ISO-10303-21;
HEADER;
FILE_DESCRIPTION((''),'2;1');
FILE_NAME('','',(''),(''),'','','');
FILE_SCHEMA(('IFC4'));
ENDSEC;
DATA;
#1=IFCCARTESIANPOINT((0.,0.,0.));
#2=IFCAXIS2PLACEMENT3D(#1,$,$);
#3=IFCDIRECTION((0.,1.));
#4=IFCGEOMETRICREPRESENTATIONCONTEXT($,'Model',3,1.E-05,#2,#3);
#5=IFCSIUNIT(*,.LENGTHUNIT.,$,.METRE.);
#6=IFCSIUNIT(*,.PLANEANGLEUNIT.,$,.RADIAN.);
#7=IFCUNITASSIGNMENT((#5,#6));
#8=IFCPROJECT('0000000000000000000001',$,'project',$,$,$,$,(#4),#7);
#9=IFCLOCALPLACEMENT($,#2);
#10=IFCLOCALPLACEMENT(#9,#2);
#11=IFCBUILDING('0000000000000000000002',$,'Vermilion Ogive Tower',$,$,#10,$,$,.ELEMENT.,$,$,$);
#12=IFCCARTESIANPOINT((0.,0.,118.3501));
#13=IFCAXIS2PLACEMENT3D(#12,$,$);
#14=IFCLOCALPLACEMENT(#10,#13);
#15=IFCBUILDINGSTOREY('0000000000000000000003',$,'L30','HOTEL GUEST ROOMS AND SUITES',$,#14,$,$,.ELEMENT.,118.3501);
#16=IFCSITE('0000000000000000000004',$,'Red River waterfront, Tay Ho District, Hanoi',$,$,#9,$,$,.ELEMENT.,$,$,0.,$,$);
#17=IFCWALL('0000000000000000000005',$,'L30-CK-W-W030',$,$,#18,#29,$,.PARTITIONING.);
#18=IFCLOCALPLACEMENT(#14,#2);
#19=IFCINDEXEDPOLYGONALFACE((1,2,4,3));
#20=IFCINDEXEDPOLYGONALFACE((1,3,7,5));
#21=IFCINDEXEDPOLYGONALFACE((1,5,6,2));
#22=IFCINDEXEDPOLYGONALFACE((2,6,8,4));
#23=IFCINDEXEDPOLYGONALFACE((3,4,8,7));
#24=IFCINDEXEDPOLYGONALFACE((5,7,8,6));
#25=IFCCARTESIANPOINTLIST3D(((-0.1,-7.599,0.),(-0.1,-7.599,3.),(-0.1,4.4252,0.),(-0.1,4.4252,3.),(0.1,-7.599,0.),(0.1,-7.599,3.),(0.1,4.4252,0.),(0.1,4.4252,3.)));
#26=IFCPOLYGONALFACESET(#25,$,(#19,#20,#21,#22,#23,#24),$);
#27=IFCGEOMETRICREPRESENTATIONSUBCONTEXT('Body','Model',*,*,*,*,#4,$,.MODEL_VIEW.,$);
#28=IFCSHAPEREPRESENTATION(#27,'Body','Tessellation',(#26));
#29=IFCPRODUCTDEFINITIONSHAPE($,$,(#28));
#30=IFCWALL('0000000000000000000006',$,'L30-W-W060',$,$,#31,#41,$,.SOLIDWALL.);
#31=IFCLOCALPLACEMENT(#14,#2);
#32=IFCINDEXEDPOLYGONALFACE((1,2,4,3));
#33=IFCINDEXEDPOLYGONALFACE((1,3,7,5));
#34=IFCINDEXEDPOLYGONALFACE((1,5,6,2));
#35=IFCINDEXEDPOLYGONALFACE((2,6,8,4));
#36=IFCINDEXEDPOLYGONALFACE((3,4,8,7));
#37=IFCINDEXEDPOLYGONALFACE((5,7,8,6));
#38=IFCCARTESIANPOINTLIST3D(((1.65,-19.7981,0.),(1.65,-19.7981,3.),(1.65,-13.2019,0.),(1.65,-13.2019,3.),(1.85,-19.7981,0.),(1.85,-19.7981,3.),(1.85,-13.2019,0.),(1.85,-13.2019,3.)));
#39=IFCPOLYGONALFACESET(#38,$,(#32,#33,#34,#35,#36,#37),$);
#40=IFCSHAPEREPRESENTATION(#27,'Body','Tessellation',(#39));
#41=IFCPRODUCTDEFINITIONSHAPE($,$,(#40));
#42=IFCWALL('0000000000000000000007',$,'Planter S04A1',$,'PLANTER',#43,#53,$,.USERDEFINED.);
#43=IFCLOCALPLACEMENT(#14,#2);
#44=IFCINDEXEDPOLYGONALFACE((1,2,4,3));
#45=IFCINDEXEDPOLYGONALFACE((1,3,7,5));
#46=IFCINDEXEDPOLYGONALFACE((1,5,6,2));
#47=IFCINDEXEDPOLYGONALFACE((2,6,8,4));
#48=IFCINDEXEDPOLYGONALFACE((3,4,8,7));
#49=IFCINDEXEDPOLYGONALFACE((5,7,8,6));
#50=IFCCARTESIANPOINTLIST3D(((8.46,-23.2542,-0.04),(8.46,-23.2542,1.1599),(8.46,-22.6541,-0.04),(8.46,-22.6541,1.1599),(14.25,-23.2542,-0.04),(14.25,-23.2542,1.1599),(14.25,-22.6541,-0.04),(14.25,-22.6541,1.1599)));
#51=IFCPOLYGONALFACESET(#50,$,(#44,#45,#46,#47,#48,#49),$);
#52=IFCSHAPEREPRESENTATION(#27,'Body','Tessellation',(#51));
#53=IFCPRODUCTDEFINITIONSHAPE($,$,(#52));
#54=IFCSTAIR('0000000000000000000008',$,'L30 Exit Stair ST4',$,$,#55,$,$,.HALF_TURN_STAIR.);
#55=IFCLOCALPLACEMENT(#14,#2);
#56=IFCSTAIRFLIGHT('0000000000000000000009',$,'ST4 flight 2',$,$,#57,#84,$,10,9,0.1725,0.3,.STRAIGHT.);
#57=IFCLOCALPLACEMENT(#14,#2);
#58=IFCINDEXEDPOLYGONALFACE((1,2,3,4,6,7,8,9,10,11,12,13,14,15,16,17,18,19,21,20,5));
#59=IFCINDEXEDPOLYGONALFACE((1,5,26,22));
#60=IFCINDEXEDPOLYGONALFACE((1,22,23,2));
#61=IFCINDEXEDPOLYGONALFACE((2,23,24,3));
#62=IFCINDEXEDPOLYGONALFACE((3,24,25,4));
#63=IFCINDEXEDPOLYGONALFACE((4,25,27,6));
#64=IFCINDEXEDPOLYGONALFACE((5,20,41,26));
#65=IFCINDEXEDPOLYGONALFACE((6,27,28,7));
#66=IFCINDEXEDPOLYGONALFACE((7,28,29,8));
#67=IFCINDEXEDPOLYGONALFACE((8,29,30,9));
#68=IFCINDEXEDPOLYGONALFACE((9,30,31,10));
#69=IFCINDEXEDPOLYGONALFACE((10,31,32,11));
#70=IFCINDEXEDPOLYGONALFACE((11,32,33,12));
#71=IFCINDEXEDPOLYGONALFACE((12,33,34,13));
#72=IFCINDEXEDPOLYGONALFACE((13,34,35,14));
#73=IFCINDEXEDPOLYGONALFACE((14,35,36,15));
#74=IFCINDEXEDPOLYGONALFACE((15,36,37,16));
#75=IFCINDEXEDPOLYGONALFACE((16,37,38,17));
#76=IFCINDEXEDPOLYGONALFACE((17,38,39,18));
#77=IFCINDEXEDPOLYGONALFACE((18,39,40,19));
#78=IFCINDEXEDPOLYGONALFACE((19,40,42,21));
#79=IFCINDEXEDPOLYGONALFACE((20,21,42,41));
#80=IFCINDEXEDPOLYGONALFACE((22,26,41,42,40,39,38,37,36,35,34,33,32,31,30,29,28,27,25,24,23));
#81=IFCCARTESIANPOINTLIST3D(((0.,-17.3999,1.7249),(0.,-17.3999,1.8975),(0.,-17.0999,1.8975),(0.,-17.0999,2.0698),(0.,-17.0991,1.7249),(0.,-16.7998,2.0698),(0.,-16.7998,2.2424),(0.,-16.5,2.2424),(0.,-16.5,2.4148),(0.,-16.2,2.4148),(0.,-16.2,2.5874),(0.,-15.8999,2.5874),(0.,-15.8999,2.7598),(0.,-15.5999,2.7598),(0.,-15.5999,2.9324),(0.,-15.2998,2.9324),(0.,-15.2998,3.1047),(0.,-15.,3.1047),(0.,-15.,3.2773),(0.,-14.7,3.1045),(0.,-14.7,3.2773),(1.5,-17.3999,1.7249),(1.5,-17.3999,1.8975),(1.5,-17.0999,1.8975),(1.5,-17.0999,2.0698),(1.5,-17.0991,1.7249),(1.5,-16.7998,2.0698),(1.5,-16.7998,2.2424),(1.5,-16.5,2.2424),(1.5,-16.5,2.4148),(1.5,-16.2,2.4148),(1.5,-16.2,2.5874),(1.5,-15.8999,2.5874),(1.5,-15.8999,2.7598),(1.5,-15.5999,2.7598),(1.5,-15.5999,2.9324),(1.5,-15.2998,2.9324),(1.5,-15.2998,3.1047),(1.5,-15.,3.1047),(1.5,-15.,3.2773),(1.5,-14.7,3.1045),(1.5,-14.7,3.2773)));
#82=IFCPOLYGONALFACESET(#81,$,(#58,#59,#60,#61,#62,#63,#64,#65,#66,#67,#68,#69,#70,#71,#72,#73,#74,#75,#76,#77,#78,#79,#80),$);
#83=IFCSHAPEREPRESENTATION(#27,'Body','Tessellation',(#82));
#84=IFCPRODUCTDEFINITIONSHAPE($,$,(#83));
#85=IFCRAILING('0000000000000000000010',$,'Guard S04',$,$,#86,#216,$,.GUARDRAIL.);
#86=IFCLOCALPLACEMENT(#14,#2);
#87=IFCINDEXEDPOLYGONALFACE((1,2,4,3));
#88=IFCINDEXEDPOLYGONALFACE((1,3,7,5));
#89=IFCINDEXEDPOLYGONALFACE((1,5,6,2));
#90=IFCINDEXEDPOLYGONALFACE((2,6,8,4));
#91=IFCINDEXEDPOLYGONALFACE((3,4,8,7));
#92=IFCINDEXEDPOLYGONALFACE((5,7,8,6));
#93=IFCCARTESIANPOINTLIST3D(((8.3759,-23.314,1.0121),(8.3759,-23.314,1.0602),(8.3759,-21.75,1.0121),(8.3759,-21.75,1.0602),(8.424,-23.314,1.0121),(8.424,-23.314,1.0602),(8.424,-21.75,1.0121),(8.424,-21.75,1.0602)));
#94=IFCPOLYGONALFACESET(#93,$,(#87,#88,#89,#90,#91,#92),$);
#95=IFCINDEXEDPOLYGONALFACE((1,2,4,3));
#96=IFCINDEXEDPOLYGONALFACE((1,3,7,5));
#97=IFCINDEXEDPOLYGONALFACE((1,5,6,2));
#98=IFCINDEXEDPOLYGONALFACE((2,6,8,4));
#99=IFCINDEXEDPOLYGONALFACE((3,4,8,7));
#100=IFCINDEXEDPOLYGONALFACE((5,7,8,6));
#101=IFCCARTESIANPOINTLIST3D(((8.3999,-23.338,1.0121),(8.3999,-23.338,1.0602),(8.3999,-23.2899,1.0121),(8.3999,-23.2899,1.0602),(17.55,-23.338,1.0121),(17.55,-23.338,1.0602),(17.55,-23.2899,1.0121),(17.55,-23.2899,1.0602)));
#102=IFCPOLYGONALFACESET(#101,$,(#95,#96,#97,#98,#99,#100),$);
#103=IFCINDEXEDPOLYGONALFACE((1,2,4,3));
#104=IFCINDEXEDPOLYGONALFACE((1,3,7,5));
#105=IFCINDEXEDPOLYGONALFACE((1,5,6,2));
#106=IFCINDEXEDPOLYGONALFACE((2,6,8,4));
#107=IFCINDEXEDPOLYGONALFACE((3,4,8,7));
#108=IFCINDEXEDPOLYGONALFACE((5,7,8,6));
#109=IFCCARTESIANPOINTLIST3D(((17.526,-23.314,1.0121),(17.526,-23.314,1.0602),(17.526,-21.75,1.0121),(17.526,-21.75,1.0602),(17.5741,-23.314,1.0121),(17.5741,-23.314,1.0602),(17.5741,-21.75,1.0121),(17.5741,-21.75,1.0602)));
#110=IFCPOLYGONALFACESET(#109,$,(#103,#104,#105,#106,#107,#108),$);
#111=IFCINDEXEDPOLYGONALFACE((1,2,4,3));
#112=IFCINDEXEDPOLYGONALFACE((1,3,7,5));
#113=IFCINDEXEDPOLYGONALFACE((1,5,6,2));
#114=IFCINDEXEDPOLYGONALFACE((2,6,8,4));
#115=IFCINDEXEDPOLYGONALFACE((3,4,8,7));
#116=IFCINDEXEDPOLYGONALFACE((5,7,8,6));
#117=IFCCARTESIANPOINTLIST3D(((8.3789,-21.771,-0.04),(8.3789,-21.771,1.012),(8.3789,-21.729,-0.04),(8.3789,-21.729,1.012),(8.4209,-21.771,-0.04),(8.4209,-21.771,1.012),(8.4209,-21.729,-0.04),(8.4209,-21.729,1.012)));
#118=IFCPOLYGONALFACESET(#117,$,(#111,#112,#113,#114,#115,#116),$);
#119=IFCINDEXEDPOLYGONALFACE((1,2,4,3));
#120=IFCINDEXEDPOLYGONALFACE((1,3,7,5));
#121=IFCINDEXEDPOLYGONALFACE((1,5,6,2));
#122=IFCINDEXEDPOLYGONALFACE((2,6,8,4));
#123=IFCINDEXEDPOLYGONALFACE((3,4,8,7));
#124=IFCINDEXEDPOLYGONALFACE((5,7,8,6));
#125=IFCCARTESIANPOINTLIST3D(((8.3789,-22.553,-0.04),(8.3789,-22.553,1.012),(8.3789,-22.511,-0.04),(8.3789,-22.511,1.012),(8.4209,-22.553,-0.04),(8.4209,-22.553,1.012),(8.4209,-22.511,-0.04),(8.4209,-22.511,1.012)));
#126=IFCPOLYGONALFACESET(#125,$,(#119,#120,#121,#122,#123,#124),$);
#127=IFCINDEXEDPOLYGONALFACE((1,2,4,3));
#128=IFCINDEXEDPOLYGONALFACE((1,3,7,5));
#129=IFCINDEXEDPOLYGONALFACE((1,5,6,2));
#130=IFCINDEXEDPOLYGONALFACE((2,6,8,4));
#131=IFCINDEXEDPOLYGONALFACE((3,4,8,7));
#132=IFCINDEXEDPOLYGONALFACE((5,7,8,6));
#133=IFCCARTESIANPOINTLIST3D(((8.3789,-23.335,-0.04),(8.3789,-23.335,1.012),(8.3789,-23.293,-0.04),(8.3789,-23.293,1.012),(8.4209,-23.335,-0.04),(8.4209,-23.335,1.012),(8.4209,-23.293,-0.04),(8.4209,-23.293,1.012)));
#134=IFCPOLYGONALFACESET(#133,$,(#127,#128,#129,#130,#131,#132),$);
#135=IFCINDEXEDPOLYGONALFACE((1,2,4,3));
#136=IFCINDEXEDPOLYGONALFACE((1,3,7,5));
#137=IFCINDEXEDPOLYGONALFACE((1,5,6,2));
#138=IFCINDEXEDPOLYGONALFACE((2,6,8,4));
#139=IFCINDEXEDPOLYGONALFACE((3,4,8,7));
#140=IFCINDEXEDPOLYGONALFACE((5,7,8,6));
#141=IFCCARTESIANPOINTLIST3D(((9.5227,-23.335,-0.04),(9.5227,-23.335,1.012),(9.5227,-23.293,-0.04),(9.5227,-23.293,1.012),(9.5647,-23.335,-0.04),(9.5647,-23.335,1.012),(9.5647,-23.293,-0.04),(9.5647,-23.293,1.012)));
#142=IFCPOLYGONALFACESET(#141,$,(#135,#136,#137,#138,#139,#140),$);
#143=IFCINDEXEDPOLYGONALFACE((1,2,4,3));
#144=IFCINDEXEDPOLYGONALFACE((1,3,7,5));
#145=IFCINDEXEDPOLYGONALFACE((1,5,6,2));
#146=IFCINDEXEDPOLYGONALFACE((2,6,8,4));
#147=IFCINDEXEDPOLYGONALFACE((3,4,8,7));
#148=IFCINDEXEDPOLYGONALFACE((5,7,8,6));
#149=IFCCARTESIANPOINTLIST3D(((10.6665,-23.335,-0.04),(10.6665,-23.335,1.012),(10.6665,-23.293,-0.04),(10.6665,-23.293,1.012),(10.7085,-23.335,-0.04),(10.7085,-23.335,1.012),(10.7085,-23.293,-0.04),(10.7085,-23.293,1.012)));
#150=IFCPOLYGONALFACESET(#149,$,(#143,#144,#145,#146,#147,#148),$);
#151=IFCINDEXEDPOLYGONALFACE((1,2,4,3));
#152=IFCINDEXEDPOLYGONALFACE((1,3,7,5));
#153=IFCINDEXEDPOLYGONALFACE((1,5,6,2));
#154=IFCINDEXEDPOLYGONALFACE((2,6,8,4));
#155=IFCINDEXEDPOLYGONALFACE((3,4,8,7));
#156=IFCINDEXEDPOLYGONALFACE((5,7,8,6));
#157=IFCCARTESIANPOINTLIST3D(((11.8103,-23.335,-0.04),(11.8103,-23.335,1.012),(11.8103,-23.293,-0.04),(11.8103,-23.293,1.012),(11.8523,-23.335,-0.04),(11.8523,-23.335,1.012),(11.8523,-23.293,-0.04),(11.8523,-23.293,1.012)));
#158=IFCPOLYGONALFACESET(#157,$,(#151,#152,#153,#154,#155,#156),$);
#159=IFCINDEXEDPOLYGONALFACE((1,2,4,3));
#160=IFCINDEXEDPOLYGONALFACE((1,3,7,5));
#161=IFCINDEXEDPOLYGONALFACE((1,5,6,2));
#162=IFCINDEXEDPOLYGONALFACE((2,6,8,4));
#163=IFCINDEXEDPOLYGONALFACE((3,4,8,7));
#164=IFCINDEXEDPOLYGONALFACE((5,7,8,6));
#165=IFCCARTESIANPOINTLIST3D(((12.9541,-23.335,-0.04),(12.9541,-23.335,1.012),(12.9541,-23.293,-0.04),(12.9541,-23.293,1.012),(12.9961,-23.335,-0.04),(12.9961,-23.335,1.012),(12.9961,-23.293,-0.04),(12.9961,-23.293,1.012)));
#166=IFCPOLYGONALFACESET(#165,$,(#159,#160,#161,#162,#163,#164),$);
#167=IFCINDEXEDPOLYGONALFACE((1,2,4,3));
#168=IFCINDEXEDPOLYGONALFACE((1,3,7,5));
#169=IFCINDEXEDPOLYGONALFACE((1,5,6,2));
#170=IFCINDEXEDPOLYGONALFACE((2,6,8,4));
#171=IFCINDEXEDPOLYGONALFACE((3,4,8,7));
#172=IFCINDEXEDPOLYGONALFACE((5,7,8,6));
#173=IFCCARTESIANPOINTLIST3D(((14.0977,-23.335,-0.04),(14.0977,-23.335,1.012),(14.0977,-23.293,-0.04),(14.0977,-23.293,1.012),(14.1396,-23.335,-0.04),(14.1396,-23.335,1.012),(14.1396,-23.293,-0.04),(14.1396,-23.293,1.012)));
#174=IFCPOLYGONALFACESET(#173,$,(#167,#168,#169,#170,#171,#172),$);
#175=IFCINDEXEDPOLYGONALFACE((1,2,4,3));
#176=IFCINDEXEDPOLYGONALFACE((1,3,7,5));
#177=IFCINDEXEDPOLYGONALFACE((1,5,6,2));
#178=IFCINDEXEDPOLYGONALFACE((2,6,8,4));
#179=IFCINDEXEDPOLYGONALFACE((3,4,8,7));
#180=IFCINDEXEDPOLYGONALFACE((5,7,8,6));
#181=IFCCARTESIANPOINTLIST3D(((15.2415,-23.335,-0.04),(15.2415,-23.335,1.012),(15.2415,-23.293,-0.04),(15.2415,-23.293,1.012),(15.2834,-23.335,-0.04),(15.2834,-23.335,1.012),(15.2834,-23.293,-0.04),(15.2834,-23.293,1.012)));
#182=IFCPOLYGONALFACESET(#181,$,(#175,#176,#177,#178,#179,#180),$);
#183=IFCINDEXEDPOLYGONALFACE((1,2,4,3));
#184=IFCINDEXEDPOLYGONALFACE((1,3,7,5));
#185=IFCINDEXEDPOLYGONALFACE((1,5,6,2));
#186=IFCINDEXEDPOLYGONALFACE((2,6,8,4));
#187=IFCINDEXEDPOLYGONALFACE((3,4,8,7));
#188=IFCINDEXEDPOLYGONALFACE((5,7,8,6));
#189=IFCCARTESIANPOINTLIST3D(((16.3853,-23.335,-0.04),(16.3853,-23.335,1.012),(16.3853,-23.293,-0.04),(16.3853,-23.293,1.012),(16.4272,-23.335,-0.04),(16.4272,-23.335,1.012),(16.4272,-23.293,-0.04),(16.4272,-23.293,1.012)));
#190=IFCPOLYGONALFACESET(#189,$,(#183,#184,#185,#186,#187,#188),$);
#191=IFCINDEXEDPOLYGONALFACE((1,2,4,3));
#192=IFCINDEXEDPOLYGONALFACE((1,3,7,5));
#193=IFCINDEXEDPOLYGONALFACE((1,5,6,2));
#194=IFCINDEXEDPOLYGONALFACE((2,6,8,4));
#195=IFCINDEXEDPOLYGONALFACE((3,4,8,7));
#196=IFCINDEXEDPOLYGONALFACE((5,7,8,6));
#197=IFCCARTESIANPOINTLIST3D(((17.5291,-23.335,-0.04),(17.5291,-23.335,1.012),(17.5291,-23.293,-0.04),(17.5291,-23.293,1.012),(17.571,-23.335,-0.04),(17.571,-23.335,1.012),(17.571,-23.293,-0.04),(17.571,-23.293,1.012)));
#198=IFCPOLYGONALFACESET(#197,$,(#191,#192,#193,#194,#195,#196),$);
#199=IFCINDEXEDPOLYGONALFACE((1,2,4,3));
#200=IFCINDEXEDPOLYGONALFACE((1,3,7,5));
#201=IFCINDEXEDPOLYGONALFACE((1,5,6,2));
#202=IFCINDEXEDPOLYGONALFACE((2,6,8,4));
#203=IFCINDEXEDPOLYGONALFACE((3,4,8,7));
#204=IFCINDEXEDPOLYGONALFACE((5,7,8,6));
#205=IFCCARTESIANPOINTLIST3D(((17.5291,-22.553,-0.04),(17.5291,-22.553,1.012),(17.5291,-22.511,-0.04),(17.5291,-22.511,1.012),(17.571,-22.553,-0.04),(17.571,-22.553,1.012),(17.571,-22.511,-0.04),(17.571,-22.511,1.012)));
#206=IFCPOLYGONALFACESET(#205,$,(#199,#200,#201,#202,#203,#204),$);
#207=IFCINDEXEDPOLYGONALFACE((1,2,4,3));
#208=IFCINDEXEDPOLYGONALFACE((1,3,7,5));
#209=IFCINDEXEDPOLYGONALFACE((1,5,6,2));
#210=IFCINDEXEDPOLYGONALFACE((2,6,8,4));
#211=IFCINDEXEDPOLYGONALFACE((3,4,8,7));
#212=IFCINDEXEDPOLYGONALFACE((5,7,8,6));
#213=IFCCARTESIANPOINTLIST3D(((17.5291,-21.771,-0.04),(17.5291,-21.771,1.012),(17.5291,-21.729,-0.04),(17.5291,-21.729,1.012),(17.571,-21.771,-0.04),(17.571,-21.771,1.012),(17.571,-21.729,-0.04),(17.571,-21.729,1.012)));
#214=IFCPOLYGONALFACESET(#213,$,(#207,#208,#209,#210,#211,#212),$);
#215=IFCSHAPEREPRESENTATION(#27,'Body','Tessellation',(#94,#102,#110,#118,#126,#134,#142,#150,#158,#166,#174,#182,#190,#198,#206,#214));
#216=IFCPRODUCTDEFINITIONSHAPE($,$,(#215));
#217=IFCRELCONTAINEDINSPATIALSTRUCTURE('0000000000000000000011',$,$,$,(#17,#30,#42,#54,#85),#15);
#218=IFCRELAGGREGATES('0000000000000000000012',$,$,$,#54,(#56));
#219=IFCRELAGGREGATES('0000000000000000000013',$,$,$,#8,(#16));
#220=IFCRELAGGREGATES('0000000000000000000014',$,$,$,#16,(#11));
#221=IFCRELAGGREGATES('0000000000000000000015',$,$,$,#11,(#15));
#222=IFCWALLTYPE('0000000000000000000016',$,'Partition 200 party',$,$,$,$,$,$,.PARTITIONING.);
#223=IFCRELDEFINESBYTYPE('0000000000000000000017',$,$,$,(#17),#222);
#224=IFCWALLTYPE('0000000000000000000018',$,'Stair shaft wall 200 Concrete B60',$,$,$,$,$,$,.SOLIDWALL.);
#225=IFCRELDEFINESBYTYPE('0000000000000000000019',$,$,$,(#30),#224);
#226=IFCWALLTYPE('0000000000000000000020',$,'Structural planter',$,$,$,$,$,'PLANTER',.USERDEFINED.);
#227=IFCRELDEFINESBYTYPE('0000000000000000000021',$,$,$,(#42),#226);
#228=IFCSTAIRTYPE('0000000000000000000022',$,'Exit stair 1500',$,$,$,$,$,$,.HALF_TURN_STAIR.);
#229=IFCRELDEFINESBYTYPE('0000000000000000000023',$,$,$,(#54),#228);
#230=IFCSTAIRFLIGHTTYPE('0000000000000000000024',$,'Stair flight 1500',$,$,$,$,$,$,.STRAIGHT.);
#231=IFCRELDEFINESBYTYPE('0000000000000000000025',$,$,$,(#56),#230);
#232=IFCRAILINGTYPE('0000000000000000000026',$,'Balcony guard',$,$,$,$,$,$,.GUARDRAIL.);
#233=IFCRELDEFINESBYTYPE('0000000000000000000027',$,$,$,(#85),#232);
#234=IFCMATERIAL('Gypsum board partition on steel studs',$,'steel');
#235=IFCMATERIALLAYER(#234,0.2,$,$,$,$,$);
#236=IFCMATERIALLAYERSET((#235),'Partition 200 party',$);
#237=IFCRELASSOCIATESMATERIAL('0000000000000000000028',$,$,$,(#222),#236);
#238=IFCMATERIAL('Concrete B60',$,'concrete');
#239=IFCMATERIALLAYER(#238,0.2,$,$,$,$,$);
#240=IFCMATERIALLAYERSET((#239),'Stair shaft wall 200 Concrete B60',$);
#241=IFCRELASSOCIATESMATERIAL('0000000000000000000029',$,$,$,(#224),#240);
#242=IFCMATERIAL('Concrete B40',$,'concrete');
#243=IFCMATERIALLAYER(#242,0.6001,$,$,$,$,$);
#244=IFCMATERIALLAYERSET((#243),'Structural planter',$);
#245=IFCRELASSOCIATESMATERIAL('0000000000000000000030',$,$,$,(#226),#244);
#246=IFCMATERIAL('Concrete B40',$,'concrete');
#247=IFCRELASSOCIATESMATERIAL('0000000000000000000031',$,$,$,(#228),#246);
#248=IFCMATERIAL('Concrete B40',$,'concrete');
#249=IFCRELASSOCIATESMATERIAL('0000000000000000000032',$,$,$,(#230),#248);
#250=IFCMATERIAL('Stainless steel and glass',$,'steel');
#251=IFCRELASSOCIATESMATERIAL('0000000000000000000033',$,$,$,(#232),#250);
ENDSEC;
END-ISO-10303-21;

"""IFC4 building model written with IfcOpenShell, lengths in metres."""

from ifc_helpers import new_model, si_unit, direction, frame, frame_2d, origin, origin_2d, place, context, subcontext, project, spatial, polyline, rectangle, outline, extrude, material, layer, layer_set, type_object, element, aggregate, save


model = new_model("IFC4")

# Units and contexts
model_context = context("Model", 3, precision=1e-05, world=origin(), true_north=direction((0.0, 1.0)))
body_context = subcontext(model_context, "Body", "Model", "MODEL_VIEW")
ifc_project = project(units=[si_unit("LENGTHUNIT", "METRE"), si_unit("PLANEANGLEUNIT", "RADIAN")], contexts=[model_context])

# Site, building, storey
site_placement = place(None, origin())
site = spatial("IfcSite", under=ifc_project, at=site_placement, Name="Red River waterfront, Tay Ho District, Hanoi", CompositionType="ELEMENT", RefElevation=0.0)
building_placement = place(site_placement, origin())
building = spatial("IfcBuilding", under=site, at=building_placement, Name="Vermilion Ogive Tower", CompositionType="ELEMENT")
storey_placement = place(building_placement, frame((0.0, 0.0, 118.3501)))
storey = spatial("IfcBuildingStorey", under=building, at=storey_placement, Name="L30", Description="HOTEL GUEST ROOMS AND SUITES", CompositionType="ELEMENT", Elevation=118.3501)

# Walls
ifc_material_1 = material(Name="Gypsum board partition on steel studs", Category="steel")
ifc_layer_1 = layer(ifc_material_1, 0.2)
ifc_layer_set_1 = layer_set([ifc_layer_1], Name="Partition 200 party")
wall_type_1 = type_object("IfcWallType", Name="Partition 200 party", PredefinedType="PARTITIONING", material=ifc_layer_set_1)
wall_1_placement = place(storey_placement, frame((0.0, -7.5991, 0.0), z_axis=(0.0, 0.0, 1.0), x_axis=(0.0, 1.0, 0.0)))
element("IfcWall", 1, at=wall_1_placement, inside=storey, type_object=wall_type_1, Name="L30-CK-W-W030", PredefinedType="PARTITIONING", context=body_context, shape_type="SweptSolid", body=[
    extrude(rectangle(XDim=12.0242, YDim=0.2, at=frame_2d((6.0122, 0.0))), origin(), (0.0, 0.0, 1.0), 3.0),
])
ifc_material_2 = material(Name="Concrete B60", Category="concrete")
ifc_layer_2 = layer(ifc_material_2, 0.2)
ifc_layer_set_2 = layer_set([ifc_layer_2], Name="Stair shaft wall 200 Concrete B60")
wall_type_2 = type_object("IfcWallType", Name="Stair shaft wall 200 Concrete B60", PredefinedType="SOLIDWALL", material=ifc_layer_set_2)
wall_2_placement = place(storey_placement, frame((1.75, -19.7981, 0.0), z_axis=(0.0, 0.0, 1.0), x_axis=(0.0, 1.0, 0.0)))
element("IfcWall", 2, at=wall_2_placement, inside=storey, type_object=wall_type_2, Name="L30-W-W060", PredefinedType="SOLIDWALL", context=body_context, shape_type="SweptSolid", body=[
    extrude(rectangle(XDim=6.5962, YDim=0.2, at=frame_2d((3.2981, 0.0))), origin(), (0.0, 0.0, 1.0), 3.0),
])
ifc_material_3 = material(Name="Concrete B40", Category="concrete")
ifc_layer_3 = layer(ifc_material_3, 0.6001)
ifc_layer_set_3 = layer_set([ifc_layer_3], Name="Structural planter")
wall_type_3 = type_object("IfcWallType", Name="Structural planter", ElementType="PLANTER", PredefinedType="USERDEFINED", material=ifc_layer_set_3)
wall_3_placement = place(storey_placement, frame((8.46, -22.9541, -0.04), z_axis=(0.0, 0.0, 1.0), x_axis=(1.0, 0.0, 0.0)))
element("IfcWall", 3, at=wall_3_placement, inside=storey, type_object=wall_type_3, Name="Planter S04A1", ObjectType="PLANTER", PredefinedType="USERDEFINED", context=body_context, shape_type="SweptSolid", body=[
    extrude(rectangle(XDim=5.79, YDim=0.6001, at=frame_2d((2.895, 0.0))), origin(), (0.0, 0.0, 1.0), 1.2),
])

# Stair, stair flight
ifc_material_4 = material(Name="Concrete B40", Category="concrete")
stair_type = type_object("IfcStairType", Name="Exit stair 1500", PredefinedType="HALF_TURN_STAIR", material=ifc_material_4)
stair_placement = place(storey_placement, origin())
stair = element("IfcStair", 4, at=stair_placement, inside=storey, type_object=stair_type, Name="L30 Exit Stair ST4", PredefinedType="HALF_TURN_STAIR")
ifc_material_5 = material(Name="Concrete B40", Category="concrete")
stair_flight_type = type_object("IfcStairFlightType", Name="Stair flight 1500", PredefinedType="STRAIGHT", material=ifc_material_5)
stair_flight_placement = place(storey_placement, frame((0.75, -17.3999, 1.7249), z_axis=(0.0, 0.0, 1.0), x_axis=(0.0, 1.0, 0.0)))
stair_flight = element("IfcStairFlight", 5, at=stair_flight_placement, type_object=stair_flight_type, Name="ST4 flight 2", NumberOfRisers=10, NumberOfTreads=9, PredefinedType="STRAIGHT", RiserHeight=0.1725, TreadLength=0.3, context=body_context, shape_type="SweptSolid", body=[
    extrude(outline(polyline([(0.0, 0.0), (0.0, 0.1726), (0.3, 0.1726), (0.3, 0.345), (0.6001, 0.345), (0.6001, 0.5176), (0.8999, 0.5176), (0.8999, 0.6899), (1.2, 0.6899), (1.2, 0.8625), (1.5, 0.8625), (1.5, 1.0349), (1.8, 1.0349), (1.8, 1.2075), (2.1001, 1.2075), (2.1001, 1.3799), (2.3999, 1.3799), (2.3999, 1.5525), (2.7, 1.5525), (2.7, 1.7251), (2.7, 1.3796), (0.3008, 0.0), (0.0, 0.0)])), frame((0.0, 0.75, 0.0), z_axis=(0.0, -1.0, 0.0), x_axis=(1.0, 0.0, 0.0)), (0.0, 0.0, 1.0), 1.5),
])
aggregate(stair, [stair_flight])

# Railing
ifc_material_6 = material(Name="Stainless steel and glass", Category="steel")
railing_type_1 = type_object("IfcRailingType", Name="Balcony guard", PredefinedType="GUARDRAIL", material=ifc_material_6)
railing_1_placement = place(storey_placement, frame((8.3999, -21.75, -0.04)))
element("IfcRailing", 6, at=railing_1_placement, inside=storey, type_object=railing_type_1, Name="Guard S04", PredefinedType="GUARDRAIL", context=body_context, shape_type="SweptSolid", body=[
    extrude(rectangle(XDim=0.0481, YDim=0.0481, at=origin_2d()), frame((0.0, 0.0, 1.0762), z_axis=(0.0, -1.0, 0.0), x_axis=(1.0, 0.0, 0.0)), (0.0, 0.0, 1.0), 1.564),
    extrude(rectangle(XDim=0.0481, YDim=0.0481, at=origin_2d()), frame((0.0, -1.564, 1.0762), z_axis=(1.0, 0.0, 0.0), x_axis=(0.0, 1.0, 0.0)), (0.0, 0.0, 1.0), 9.1501),
    extrude(rectangle(XDim=0.0481, YDim=0.0481, at=origin_2d()), frame((9.1501, -1.564, 1.0762), z_axis=(0.0, 1.0, 0.0), x_axis=(-1.0, 0.0, 0.0)), (0.0, 0.0, 1.0), 1.564),
    extrude(rectangle(XDim=0.042, YDim=0.042, at=origin_2d()), origin(), (0.0, 0.0, 1.0), 1.052),
    extrude(rectangle(XDim=0.042, YDim=0.042, at=origin_2d()), frame((0.0, -0.782, 0.0)), (0.0, 0.0, 1.0), 1.052),
    extrude(rectangle(XDim=0.042, YDim=0.042, at=origin_2d()), frame((0.0, -1.564, 0.0)), (0.0, 0.0, 1.0), 1.052),
    extrude(rectangle(XDim=0.042, YDim=0.042, at=origin_2d()), frame((1.1438, -1.564, 0.0)), (0.0, 0.0, 1.0), 1.052),
    extrude(rectangle(XDim=0.042, YDim=0.042, at=origin_2d()), frame((2.2876, -1.564, 0.0)), (0.0, 0.0, 1.0), 1.052),
    extrude(rectangle(XDim=0.042, YDim=0.042, at=origin_2d()), frame((3.4314, -1.564, 0.0)), (0.0, 0.0, 1.0), 1.052),
    extrude(rectangle(XDim=0.042, YDim=0.042, at=origin_2d()), frame((4.5752, -1.564, 0.0)), (0.0, 0.0, 1.0), 1.052),
    extrude(rectangle(XDim=0.042, YDim=0.042, at=origin_2d()), frame((5.7188, -1.564, 0.0)), (0.0, 0.0, 1.0), 1.052),
    extrude(rectangle(XDim=0.042, YDim=0.042, at=origin_2d()), frame((6.8625, -1.564, 0.0)), (0.0, 0.0, 1.0), 1.052),
    extrude(rectangle(XDim=0.042, YDim=0.042, at=origin_2d()), frame((8.0063, -1.564, 0.0)), (0.0, 0.0, 1.0), 1.052),
    extrude(rectangle(XDim=0.042, YDim=0.042, at=origin_2d()), frame((9.1501, -1.564, 0.0)), (0.0, 0.0, 1.0), 1.052),
    extrude(rectangle(XDim=0.042, YDim=0.042, at=origin_2d()), frame((9.1501, -0.782, 0.0)), (0.0, 0.0, 1.0), 1.052),
    extrude(rectangle(XDim=0.042, YDim=0.042, at=origin_2d()), frame((9.1501, 0.0, 0.0)), (0.0, 0.0, 1.0), 1.052),
])

save(model, "model.ifc")
